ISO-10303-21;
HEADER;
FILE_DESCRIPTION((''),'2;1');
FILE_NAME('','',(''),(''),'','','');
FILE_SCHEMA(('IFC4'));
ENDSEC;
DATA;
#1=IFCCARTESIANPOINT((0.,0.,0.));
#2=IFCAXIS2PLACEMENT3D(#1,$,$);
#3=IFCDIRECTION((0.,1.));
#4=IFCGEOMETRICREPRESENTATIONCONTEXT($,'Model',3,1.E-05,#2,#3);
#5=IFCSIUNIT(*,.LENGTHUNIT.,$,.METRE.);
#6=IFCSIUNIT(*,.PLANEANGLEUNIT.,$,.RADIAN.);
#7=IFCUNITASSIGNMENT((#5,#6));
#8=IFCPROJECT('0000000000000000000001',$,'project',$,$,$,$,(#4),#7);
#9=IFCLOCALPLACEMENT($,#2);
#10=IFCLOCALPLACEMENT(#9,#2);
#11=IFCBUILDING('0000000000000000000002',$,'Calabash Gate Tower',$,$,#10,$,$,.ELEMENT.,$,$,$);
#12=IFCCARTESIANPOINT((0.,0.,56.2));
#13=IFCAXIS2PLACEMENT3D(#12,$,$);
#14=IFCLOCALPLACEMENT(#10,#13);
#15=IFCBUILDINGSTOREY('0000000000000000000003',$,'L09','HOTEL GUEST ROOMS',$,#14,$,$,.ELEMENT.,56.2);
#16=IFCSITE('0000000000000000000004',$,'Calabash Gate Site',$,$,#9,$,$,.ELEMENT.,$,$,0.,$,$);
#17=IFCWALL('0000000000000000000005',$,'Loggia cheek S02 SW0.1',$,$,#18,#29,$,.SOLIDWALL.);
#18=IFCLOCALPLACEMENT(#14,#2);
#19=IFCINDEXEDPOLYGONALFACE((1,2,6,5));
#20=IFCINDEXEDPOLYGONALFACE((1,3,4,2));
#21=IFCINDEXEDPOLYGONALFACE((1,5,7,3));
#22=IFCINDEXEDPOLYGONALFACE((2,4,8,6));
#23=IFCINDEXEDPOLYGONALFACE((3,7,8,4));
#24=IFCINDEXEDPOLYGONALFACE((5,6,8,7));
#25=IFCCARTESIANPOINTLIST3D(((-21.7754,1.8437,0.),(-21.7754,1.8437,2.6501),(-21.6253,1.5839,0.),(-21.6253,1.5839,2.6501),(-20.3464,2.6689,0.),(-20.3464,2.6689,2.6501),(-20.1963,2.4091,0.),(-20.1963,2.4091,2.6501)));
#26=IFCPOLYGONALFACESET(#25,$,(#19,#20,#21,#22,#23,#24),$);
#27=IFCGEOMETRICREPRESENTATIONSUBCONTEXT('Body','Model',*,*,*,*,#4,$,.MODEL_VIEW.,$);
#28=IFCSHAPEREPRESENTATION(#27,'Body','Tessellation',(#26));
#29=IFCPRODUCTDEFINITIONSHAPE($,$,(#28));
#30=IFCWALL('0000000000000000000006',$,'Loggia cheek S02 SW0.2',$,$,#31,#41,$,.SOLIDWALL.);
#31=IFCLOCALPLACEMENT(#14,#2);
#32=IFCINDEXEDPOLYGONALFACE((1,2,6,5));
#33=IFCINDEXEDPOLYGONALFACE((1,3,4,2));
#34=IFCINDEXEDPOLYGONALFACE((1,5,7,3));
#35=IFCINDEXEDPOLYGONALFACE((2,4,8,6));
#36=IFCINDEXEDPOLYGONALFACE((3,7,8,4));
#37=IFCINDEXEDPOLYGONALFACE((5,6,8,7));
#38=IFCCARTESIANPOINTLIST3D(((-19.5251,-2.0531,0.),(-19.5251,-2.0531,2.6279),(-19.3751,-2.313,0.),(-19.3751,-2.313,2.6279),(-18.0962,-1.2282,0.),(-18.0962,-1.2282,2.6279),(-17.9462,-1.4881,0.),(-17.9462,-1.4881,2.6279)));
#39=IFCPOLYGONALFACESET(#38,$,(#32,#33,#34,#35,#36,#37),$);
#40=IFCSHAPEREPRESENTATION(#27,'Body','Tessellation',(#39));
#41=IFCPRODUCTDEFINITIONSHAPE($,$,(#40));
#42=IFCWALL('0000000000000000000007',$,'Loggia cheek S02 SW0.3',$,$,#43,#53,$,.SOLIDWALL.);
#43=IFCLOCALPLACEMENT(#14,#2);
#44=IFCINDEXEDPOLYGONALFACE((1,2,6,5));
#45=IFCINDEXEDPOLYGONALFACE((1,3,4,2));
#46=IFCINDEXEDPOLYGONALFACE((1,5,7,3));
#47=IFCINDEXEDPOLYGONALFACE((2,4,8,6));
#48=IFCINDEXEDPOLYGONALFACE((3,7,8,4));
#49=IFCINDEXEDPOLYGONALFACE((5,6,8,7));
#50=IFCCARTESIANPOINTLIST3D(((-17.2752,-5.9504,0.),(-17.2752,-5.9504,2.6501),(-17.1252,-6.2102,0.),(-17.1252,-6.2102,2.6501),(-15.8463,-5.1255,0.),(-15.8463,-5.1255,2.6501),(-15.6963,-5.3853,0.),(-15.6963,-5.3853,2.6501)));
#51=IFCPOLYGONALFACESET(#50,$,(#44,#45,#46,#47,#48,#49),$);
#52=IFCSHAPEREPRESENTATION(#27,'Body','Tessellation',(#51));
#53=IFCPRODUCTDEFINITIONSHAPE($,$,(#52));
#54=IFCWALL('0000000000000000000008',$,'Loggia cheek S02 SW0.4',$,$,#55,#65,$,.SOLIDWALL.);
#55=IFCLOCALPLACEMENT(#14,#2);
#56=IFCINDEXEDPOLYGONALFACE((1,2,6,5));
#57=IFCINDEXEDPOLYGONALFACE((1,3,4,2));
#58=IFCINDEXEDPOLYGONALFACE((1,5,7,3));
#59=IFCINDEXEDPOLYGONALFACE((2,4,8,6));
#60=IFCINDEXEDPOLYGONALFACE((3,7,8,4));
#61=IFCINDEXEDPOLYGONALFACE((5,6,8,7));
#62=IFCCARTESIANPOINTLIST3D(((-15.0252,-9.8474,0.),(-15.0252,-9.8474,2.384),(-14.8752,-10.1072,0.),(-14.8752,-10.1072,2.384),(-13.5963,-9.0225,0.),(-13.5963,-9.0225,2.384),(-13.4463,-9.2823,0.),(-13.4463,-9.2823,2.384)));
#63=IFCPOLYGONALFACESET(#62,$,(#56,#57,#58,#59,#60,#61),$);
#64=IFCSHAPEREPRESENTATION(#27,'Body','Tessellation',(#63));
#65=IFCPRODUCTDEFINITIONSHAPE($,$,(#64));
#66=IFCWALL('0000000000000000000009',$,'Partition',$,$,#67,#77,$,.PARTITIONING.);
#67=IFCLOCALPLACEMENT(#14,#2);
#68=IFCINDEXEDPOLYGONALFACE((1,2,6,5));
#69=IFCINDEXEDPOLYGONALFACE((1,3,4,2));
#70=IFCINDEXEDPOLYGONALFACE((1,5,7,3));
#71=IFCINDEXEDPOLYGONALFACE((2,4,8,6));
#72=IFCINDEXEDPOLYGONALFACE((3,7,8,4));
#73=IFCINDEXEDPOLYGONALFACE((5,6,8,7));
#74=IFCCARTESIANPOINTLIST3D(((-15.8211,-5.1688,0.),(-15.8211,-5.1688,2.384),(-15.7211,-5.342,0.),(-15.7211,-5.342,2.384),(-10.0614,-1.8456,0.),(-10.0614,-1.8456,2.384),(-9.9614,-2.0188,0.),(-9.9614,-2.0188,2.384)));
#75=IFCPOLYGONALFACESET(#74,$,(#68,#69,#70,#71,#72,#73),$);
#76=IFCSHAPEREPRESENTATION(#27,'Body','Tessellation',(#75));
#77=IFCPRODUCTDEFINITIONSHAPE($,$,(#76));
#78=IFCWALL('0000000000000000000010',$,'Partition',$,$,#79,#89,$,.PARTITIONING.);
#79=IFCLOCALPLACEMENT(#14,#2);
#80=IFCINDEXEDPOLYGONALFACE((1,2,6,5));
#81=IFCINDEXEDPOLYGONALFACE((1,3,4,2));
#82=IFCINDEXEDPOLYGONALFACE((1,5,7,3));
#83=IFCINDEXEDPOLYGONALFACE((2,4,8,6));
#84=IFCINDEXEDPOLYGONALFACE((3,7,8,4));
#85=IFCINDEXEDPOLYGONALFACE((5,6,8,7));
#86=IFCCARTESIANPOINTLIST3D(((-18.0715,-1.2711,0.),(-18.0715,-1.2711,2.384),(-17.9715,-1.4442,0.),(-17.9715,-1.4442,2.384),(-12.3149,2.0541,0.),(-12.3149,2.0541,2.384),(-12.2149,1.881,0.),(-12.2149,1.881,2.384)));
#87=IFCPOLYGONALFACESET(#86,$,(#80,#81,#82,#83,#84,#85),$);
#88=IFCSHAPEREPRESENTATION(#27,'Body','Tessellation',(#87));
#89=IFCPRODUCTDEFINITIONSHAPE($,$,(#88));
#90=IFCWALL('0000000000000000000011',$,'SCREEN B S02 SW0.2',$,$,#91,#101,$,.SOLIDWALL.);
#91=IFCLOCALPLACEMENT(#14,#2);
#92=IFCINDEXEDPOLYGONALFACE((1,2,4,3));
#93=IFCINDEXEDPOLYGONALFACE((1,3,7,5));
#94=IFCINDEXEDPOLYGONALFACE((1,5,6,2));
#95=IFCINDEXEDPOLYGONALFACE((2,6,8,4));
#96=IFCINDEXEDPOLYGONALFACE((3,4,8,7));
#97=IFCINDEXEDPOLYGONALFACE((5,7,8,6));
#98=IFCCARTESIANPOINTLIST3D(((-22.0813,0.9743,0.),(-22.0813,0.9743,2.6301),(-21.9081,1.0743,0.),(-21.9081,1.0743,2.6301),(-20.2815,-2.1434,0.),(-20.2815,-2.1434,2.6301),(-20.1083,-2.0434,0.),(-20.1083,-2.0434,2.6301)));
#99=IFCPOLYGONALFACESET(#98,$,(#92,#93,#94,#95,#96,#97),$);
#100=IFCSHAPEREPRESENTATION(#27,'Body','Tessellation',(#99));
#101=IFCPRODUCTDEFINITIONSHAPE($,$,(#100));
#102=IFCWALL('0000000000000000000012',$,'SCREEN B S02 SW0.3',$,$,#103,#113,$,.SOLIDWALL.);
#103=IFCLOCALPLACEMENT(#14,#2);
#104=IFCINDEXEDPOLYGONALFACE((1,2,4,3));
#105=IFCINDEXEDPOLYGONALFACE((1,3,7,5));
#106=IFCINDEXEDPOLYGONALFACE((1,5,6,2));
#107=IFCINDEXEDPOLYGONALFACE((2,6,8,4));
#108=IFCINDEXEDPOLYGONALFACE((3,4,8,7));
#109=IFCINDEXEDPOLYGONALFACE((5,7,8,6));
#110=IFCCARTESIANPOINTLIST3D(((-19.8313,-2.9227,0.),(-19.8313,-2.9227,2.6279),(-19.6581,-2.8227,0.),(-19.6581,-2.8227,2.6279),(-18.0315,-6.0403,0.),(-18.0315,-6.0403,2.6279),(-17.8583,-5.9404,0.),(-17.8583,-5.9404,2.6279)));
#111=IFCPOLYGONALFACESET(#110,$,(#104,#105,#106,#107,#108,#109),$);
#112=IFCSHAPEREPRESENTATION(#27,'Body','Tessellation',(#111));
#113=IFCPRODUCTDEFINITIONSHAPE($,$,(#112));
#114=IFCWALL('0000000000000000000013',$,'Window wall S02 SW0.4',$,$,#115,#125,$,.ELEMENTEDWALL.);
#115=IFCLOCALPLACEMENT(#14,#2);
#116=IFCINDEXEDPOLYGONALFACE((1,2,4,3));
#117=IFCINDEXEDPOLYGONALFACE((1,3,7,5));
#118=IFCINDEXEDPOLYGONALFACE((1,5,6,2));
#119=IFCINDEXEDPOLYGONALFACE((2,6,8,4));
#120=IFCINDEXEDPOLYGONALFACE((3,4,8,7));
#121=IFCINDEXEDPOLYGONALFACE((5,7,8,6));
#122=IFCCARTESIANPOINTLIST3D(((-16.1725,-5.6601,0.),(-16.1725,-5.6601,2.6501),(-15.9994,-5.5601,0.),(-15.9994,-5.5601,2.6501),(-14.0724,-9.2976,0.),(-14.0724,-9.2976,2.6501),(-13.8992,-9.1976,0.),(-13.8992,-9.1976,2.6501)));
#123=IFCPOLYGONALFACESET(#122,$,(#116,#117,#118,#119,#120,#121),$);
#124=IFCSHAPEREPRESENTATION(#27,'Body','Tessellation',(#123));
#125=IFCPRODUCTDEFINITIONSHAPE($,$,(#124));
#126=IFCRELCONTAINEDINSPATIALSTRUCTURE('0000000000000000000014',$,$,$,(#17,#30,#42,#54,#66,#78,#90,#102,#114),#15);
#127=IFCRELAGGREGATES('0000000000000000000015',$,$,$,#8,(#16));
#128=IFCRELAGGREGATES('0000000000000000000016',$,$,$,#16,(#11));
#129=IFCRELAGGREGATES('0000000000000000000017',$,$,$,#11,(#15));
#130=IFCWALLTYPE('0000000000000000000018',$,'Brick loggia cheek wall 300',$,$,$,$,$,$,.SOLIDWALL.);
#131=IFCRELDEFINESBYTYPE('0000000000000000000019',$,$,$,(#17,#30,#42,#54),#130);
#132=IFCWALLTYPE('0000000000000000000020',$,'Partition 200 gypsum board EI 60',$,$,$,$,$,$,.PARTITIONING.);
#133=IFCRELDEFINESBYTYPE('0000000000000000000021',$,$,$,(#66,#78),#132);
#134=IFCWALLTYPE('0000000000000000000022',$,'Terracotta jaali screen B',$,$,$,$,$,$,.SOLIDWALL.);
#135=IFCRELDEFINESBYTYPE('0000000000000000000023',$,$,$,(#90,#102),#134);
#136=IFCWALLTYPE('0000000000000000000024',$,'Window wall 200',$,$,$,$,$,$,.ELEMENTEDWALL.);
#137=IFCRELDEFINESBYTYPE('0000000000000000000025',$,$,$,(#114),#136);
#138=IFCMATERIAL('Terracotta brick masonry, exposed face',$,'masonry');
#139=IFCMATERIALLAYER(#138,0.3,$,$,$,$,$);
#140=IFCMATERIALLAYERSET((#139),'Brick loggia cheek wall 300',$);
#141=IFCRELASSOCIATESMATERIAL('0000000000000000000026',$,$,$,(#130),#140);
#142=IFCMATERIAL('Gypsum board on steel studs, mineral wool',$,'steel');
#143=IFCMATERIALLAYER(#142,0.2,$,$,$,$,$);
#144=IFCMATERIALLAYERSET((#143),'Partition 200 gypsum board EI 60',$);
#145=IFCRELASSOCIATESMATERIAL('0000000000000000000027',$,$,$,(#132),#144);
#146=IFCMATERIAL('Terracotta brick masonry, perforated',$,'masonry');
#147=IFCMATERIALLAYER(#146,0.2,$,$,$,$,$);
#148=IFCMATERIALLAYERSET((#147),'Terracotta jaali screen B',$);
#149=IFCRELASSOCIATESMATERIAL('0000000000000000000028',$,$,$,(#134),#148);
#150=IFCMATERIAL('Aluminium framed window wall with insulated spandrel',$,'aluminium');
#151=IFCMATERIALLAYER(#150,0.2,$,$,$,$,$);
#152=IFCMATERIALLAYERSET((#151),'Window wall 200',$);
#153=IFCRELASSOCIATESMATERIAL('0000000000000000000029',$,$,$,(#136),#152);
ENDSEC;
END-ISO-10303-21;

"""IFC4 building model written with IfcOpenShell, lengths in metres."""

from ifc_helpers import new_model, si_unit, direction, frame, frame_2d, origin, place, context, subcontext, project, spatial, rectangle, extrude, material, layer, layer_set, type_object, element, save


model = new_model("IFC4")

# Units and contexts
model_context = context("Model", 3, precision=1e-05, world=origin(), true_north=direction((0.0, 1.0)))
body_context = subcontext(model_context, "Body", "Model", "MODEL_VIEW")
ifc_project = project(units=[si_unit("LENGTHUNIT", "METRE"), si_unit("PLANEANGLEUNIT", "RADIAN")], contexts=[model_context])

# Site, building, storey
site_placement = place(None, origin())
site = spatial("IfcSite", under=ifc_project, at=site_placement, Name="Calabash Gate Site", CompositionType="ELEMENT", RefElevation=0.0)
building_placement = place(site_placement, origin())
building = spatial("IfcBuilding", under=site, at=building_placement, Name="Calabash Gate Tower", CompositionType="ELEMENT")
storey_placement = place(building_placement, frame((0.0, 0.0, 56.2)))
storey = spatial("IfcBuildingStorey", under=building, at=storey_placement, Name="L09", Description="HOTEL GUEST ROOMS", CompositionType="ELEMENT", Elevation=56.2)

# Walls
ifc_material_1 = material(Name="Terracotta brick masonry, exposed face", Category="masonry")
ifc_layer_1 = layer(ifc_material_1, 0.3)
ifc_layer_set_1 = layer_set([ifc_layer_1], Name="Brick loggia cheek wall 300")
wall_type_1 = type_object("IfcWallType", Name="Brick loggia cheek wall 300", PredefinedType="SOLIDWALL", material=ifc_layer_set_1)
wall_1_placement = place(storey_placement, frame((-20.2712, 2.5391, 0.0), z_axis=(0.0, 0.0, 1.0), x_axis=(-0.865976, -0.500085, 0.0)))
element("IfcWall", 1, at=wall_1_placement, inside=storey, type_object=wall_type_1, Name="Loggia cheek S02 SW0.1", PredefinedType="SOLIDWALL", context=body_context, shape_type="SweptSolid", body=[
    extrude(rectangle(XDim=1.6501, YDim=0.3, at=frame_2d((0.8252, 0.0))), origin(), (0.0, 0.0, 1.0), 2.6501),
])
wall_2_placement = place(storey_placement, frame((-18.0212, -1.3582, 0.0), z_axis=(0.0, 0.0, 1.0), x_axis=(-0.86604, -0.499974, 0.0)))
element("IfcWall", 2, at=wall_2_placement, inside=storey, type_object=wall_type_1, Name="Loggia cheek S02 SW0.2", PredefinedType="SOLIDWALL", context=body_context, shape_type="SweptSolid", body=[
    extrude(rectangle(XDim=1.6499, YDim=0.3, at=frame_2d((0.825, 0.0))), origin(), (0.0, 0.0, 1.0), 2.6279),
])
wall_3_placement = place(storey_placement, frame((-17.2002, -6.0803, 0.0), z_axis=(0.0, 0.0, 1.0), x_axis=(0.86604, 0.499974, 0.0)))
element("IfcWall", 3, at=wall_3_placement, inside=storey, type_object=wall_type_1, Name="Loggia cheek S02 SW0.3", PredefinedType="SOLIDWALL", context=body_context, shape_type="SweptSolid", body=[
    extrude(rectangle(XDim=1.6499, YDim=0.3, at=frame_2d((0.825, 0.0))), origin(), (0.0, 0.0, 1.0), 2.6501),
])
wall_4_placement = place(storey_placement, frame((-14.9502, -9.9773, 0.0), z_axis=(0.0, 0.0, 1.0), x_axis=(0.86604, 0.499974, 0.0)))
element("IfcWall", 4, at=wall_4_placement, inside=storey, type_object=wall_type_1, Name="Loggia cheek S02 SW0.4", PredefinedType="SOLIDWALL", context=body_context, shape_type="SweptSolid", body=[
    extrude(rectangle(XDim=1.6499, YDim=0.3, at=frame_2d((0.825, 0.0))), origin(), (0.0, 0.0, 1.0), 2.384),
])
ifc_material_2 = material(Name="Gypsum board on steel studs, mineral wool", Category="steel")
ifc_layer_2 = layer(ifc_material_2, 0.2)
ifc_layer_set_2 = layer_set([ifc_layer_2], Name="Partition 200 gypsum board EI 60")
wall_type_2 = type_object("IfcWallType", Name="Partition 200 gypsum board EI 60", PredefinedType="PARTITIONING", material=ifc_layer_set_2)
wall_5_placement = place(storey_placement, frame((-15.771, -5.2554, 0.0), z_axis=(0.0, 0.0, 1.0), x_axis=(0.866166, 0.499756, 0.0)))
element("IfcWall", 5, at=wall_5_placement, inside=storey, type_object=wall_type_2, Name="Partition", PredefinedType="PARTITIONING", context=body_context, shape_type="SweptSolid", body=[
    extrude(rectangle(XDim=6.6497, YDim=0.2, at=frame_2d((3.3247, 0.0))), origin(), (0.0, 0.0, 1.0), 2.384),
])
wall_6_placement = place(storey_placement, frame((-18.0215, -1.3577, 0.0), z_axis=(0.0, 0.0, 1.0), x_axis=(0.86592, 0.500183, 0.0)))
element("IfcWall", 6, at=wall_6_placement, inside=storey, type_object=wall_type_2, Name="Partition", PredefinedType="PARTITIONING", context=body_context, shape_type="SweptSolid", body=[
    extrude(rectangle(XDim=6.6479, YDim=0.2, at=frame_2d((3.324, 0.0))), origin(), (0.0, 0.0, 1.0), 2.384),
])
ifc_material_3 = material(Name="Terracotta brick masonry, perforated", Category="masonry")
ifc_layer_3 = layer(ifc_material_3, 0.2)
ifc_layer_set_3 = layer_set([ifc_layer_3], Name="Terracotta jaali screen B")
wall_type_3 = type_object("IfcWallType", Name="Terracotta jaali screen B", PredefinedType="SOLIDWALL", material=ifc_layer_set_3)
wall_7_placement = place(storey_placement, frame((-21.9946, 1.0242, 0.0), z_axis=(0.0, 0.0, 1.0), x_axis=(0.499961, -0.866048, 0.0)))
element("IfcWall", 7, at=wall_7_placement, inside=storey, type_object=wall_type_3, Name="SCREEN B S02 SW0.2", PredefinedType="SOLIDWALL", context=body_context, shape_type="SweptSolid", body=[
    extrude(rectangle(XDim=3.5999, YDim=0.2, at=frame_2d((1.7998, 0.0))), origin(), (0.0, 0.0, 1.0), 2.6301),
])
wall_8_placement = place(storey_placement, frame((-19.7446, -2.8728, 0.0), z_axis=(0.0, 0.0, 1.0), x_axis=(0.499961, -0.866048, 0.0)))
element("IfcWall", 8, at=wall_8_placement, inside=storey, type_object=wall_type_3, Name="SCREEN B S02 SW0.3", PredefinedType="SOLIDWALL", context=body_context, shape_type="SweptSolid", body=[
    extrude(rectangle(XDim=3.5999, YDim=0.2, at=frame_2d((1.7998, 0.0))), origin(), (0.0, 0.0, 1.0), 2.6279),
])

# Shared definitions
ifc_material_4 = material(Name="Aluminium framed window wall with insulated spandrel", Category="aluminium")
ifc_layer_4 = layer(ifc_material_4, 0.2)
ifc_layer_set_4 = layer_set([ifc_layer_4], Name="Window wall 200")
wall_type_4 = type_object("IfcWallType", Name="Window wall 200", PredefinedType="ELEMENTEDWALL", material=ifc_layer_set_4)

# Wall
wall_9_placement = place(storey_placement, frame((-16.0859, -5.6101, 0.0), z_axis=(0.0, 0.0, 1.0), x_axis=(0.500003, -0.866024, 0.0)))
element("IfcWall", 9, at=wall_9_placement, inside=storey, type_object=wall_type_4, Name="Window wall S02 SW0.4", PredefinedType="ELEMENTEDWALL", context=body_context, shape_type="SweptSolid", body=[
    extrude(rectangle(XDim=4.2002, YDim=0.2, at=frame_2d((2.1001, 0.0))), origin(), (0.0, 0.0, 1.0), 2.6501),
])

save(model, "model.ifc")
